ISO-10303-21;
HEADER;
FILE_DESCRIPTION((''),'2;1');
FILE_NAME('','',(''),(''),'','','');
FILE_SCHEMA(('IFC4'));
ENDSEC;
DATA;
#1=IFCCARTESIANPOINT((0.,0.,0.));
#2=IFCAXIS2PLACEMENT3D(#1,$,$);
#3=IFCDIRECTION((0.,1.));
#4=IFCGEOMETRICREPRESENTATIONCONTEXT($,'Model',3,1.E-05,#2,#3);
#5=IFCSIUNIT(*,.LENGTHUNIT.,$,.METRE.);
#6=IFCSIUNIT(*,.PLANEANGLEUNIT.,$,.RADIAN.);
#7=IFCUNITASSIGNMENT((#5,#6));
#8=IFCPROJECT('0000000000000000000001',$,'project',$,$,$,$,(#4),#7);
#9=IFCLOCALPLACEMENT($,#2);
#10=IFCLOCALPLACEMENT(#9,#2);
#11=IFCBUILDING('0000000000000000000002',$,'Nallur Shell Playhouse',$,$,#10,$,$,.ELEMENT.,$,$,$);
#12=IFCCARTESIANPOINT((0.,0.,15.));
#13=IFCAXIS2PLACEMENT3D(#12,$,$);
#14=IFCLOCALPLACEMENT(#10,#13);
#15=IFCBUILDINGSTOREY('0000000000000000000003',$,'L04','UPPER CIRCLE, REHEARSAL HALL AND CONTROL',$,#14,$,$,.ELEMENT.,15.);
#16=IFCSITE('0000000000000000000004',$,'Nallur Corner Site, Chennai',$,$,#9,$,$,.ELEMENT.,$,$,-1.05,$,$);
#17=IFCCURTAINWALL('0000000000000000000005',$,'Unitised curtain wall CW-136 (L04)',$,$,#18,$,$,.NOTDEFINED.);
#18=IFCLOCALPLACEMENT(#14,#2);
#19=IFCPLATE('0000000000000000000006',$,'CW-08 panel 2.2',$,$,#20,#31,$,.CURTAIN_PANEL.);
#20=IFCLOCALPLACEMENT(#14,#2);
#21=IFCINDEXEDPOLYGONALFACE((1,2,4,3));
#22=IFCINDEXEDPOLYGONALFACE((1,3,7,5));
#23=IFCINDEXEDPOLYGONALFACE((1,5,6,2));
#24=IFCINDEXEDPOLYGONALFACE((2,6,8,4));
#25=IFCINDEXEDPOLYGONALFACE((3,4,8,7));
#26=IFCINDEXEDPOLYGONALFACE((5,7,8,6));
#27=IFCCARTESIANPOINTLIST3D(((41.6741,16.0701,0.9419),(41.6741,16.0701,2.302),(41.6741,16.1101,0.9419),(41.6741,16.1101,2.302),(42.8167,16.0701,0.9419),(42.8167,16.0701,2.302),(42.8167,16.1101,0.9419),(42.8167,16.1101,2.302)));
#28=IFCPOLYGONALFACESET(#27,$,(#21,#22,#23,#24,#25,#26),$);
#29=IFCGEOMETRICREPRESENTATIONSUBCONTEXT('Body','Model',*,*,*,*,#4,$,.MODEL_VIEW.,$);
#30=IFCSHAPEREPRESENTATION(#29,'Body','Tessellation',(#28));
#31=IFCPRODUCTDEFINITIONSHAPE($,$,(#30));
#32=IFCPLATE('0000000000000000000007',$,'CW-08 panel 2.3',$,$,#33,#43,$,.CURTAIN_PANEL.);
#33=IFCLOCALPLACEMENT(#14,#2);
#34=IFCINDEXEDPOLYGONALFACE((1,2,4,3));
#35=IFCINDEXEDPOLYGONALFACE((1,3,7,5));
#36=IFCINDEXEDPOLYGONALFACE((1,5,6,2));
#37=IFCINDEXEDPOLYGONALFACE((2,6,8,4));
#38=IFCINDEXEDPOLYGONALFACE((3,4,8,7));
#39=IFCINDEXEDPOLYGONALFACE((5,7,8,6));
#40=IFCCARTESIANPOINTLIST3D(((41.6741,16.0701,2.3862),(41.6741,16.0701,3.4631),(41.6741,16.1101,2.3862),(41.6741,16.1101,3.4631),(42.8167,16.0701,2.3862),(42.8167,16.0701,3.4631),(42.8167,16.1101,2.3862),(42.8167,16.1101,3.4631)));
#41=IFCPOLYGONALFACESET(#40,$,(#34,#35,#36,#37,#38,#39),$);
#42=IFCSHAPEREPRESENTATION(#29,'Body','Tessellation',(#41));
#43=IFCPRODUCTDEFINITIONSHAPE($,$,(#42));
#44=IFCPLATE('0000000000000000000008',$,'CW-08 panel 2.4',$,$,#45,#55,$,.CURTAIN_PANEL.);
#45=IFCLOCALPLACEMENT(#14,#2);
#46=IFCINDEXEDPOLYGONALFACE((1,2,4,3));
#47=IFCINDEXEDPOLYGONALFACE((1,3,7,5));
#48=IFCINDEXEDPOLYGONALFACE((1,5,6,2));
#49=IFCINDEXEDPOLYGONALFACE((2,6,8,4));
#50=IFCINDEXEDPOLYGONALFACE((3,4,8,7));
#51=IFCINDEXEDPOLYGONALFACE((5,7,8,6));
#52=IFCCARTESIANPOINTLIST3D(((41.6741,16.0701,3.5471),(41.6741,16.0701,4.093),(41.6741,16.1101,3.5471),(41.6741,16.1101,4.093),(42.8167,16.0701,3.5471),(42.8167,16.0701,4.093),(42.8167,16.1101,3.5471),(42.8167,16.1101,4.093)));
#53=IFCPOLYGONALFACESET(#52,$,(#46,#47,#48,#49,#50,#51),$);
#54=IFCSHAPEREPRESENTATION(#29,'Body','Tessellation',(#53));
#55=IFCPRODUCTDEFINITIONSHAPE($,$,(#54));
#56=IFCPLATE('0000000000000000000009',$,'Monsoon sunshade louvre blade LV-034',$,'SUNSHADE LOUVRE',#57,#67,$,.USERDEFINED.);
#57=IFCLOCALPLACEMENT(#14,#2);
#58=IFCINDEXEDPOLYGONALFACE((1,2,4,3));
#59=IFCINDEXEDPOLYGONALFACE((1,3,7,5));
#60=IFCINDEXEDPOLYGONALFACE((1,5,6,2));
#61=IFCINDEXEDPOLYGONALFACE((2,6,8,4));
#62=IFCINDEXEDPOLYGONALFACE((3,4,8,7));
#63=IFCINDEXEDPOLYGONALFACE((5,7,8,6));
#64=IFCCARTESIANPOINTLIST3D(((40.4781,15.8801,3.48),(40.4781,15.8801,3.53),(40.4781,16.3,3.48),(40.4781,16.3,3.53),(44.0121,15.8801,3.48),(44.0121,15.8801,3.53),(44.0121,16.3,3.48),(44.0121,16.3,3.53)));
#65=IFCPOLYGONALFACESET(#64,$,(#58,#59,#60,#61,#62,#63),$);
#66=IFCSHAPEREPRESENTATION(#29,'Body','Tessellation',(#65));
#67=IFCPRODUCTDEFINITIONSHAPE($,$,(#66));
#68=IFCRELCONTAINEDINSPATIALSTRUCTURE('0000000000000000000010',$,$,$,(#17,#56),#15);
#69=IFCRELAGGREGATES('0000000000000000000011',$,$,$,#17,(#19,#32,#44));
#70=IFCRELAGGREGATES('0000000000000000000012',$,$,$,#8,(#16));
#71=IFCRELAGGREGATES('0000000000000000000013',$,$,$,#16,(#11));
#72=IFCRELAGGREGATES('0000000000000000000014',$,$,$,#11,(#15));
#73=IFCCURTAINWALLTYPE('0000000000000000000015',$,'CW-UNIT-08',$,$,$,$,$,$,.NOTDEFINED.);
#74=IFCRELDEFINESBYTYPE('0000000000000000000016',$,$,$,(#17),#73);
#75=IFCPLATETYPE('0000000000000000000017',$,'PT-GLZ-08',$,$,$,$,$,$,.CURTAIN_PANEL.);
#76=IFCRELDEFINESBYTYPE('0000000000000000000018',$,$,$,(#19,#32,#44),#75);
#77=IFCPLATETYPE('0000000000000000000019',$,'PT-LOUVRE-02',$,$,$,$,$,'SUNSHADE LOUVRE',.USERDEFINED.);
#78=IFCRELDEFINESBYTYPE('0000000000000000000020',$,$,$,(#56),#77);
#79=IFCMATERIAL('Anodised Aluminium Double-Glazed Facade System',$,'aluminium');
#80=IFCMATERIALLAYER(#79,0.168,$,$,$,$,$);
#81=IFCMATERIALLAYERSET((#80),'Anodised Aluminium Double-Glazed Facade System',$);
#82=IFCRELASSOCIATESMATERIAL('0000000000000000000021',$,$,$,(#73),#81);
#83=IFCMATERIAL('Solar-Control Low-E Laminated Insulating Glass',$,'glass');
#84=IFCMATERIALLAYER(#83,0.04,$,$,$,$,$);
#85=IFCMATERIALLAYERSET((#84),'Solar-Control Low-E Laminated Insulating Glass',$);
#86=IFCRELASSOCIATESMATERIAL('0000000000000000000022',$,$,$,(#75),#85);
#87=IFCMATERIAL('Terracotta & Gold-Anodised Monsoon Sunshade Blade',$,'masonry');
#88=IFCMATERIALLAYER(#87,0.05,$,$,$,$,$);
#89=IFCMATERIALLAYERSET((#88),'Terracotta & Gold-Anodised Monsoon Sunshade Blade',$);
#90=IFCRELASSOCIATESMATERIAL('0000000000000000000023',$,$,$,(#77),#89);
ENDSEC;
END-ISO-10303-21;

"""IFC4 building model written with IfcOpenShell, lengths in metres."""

from ifc_helpers import new_model, si_unit, direction, frame, origin, origin_2d, place, context, subcontext, project, spatial, rectangle, extrude, material, layer, layer_set, type_object, element, aggregate, save


model = new_model("IFC4")

# Units and contexts
model_context = context("Model", 3, precision=1e-05, world=origin(), true_north=direction((0.0, 1.0)))
body_context = subcontext(model_context, "Body", "Model", "MODEL_VIEW")
ifc_project = project(units=[si_unit("LENGTHUNIT", "METRE"), si_unit("PLANEANGLEUNIT", "RADIAN")], contexts=[model_context])

# Site, building, storey
site_placement = place(None, origin())
site = spatial("IfcSite", under=ifc_project, at=site_placement, Name="Nallur Corner Site, Chennai", CompositionType="ELEMENT", RefElevation=-1.05)
building_placement = place(site_placement, origin())
building = spatial("IfcBuilding", under=site, at=building_placement, Name="Nallur Shell Playhouse", CompositionType="ELEMENT")
storey_placement = place(building_placement, frame((0.0, 0.0, 15.0)))
storey = spatial("IfcBuildingStorey", under=building, at=storey_placement, Name="L04", Description="UPPER CIRCLE, REHEARSAL HALL AND CONTROL", CompositionType="ELEMENT", Elevation=15.0)

# Curtain wall
ifc_material_1 = material(Name="Anodised Aluminium Double-Glazed Facade System", Category="aluminium")
ifc_layer_1 = layer(ifc_material_1, 0.168)
ifc_layer_set_1 = layer_set([ifc_layer_1], Name="Anodised Aluminium Double-Glazed Facade System")
curtain_wall_type_1 = type_object("IfcCurtainWallType", Name="CW-UNIT-08", PredefinedType="NOTDEFINED", material=ifc_layer_set_1)
curtain_wall_1_placement = place(storey_placement, origin())
curtain_wall_1 = element("IfcCurtainWall", 1, at=curtain_wall_1_placement, inside=storey, type_object=curtain_wall_type_1, Name="Unitised curtain wall CW-136 (L04)", PredefinedType="NOTDEFINED")

# Plates
ifc_material_2 = material(Name="Solar-Control Low-E Laminated Insulating Glass", Category="glass")
ifc_layer_2 = layer(ifc_material_2, 0.04)
ifc_layer_set_2 = layer_set([ifc_layer_2], Name="Solar-Control Low-E Laminated Insulating Glass")
plate_type_1 = type_object("IfcPlateType", Name="PT-GLZ-08", PredefinedType="CURTAIN_PANEL", material=ifc_layer_set_2)
plate_1_placement = place(storey_placement, frame((42.2454, 16.0901, 0.9419), z_axis=(0.0, 0.0, 1.0), x_axis=(-1.0, 0.0, 0.0)))
plate_1 = element("IfcPlate", 2, at=plate_1_placement, type_object=plate_type_1, Name="CW-08 panel 2.2", PredefinedType="CURTAIN_PANEL", context=body_context, shape_type="SweptSolid", body=[
    extrude(rectangle(XDim=1.1426, YDim=0.04, at=origin_2d()), origin(), (0.0, 0.0, 1.0), 1.3601),
])
plate_2_placement = place(storey_placement, frame((42.2454, 16.0901, 2.3862), z_axis=(0.0, 0.0, 1.0), x_axis=(-1.0, 0.0, 0.0)))
plate_2 = element("IfcPlate", 3, at=plate_2_placement, type_object=plate_type_1, Name="CW-08 panel 2.3", PredefinedType="CURTAIN_PANEL", context=body_context, shape_type="SweptSolid", body=[
    extrude(rectangle(XDim=1.1426, YDim=0.04, at=origin_2d()), origin(), (0.0, 0.0, 1.0), 1.0769),
])
plate_3_placement = place(storey_placement, frame((42.2454, 16.0901, 3.5471), z_axis=(0.0, 0.0, 1.0), x_axis=(-1.0, 0.0, 0.0)))
plate_3 = element("IfcPlate", 4, at=plate_3_placement, type_object=plate_type_1, Name="CW-08 panel 2.4", PredefinedType="CURTAIN_PANEL", context=body_context, shape_type="SweptSolid", body=[
    extrude(rectangle(XDim=1.1426, YDim=0.04, at=origin_2d()), origin(), (0.0, 0.0, 1.0), 0.5459),
])
aggregate(curtain_wall_1, [plate_1, plate_2, plate_3])
ifc_material_3 = material(Name="Terracotta & Gold-Anodised Monsoon Sunshade Blade", Category="masonry")
ifc_layer_3 = layer(ifc_material_3, 0.05)
ifc_layer_set_3 = layer_set([ifc_layer_3], Name="Terracotta & Gold-Anodised Monsoon Sunshade Blade")
plate_type_2 = type_object("IfcPlateType", Name="PT-LOUVRE-02", ElementType="SUNSHADE LOUVRE", PredefinedType="USERDEFINED", material=ifc_layer_set_3)
plate_4_placement = place(storey_placement, frame((42.2451, 16.0901, 3.48), z_axis=(0.0, 0.0, 1.0), x_axis=(-1.0, 0.0, 0.0)))
element("IfcPlate", 5, at=plate_4_placement, inside=storey, type_object=plate_type_2, Name="Monsoon sunshade louvre blade LV-034", ObjectType="SUNSHADE LOUVRE", PredefinedType="USERDEFINED", context=body_context, shape_type="SweptSolid", body=[
    extrude(rectangle(XDim=3.5339, YDim=0.4199, at=origin_2d()), origin(), (0.0, 0.0, 1.0), 0.05),
])

save(model, "model.ifc")
